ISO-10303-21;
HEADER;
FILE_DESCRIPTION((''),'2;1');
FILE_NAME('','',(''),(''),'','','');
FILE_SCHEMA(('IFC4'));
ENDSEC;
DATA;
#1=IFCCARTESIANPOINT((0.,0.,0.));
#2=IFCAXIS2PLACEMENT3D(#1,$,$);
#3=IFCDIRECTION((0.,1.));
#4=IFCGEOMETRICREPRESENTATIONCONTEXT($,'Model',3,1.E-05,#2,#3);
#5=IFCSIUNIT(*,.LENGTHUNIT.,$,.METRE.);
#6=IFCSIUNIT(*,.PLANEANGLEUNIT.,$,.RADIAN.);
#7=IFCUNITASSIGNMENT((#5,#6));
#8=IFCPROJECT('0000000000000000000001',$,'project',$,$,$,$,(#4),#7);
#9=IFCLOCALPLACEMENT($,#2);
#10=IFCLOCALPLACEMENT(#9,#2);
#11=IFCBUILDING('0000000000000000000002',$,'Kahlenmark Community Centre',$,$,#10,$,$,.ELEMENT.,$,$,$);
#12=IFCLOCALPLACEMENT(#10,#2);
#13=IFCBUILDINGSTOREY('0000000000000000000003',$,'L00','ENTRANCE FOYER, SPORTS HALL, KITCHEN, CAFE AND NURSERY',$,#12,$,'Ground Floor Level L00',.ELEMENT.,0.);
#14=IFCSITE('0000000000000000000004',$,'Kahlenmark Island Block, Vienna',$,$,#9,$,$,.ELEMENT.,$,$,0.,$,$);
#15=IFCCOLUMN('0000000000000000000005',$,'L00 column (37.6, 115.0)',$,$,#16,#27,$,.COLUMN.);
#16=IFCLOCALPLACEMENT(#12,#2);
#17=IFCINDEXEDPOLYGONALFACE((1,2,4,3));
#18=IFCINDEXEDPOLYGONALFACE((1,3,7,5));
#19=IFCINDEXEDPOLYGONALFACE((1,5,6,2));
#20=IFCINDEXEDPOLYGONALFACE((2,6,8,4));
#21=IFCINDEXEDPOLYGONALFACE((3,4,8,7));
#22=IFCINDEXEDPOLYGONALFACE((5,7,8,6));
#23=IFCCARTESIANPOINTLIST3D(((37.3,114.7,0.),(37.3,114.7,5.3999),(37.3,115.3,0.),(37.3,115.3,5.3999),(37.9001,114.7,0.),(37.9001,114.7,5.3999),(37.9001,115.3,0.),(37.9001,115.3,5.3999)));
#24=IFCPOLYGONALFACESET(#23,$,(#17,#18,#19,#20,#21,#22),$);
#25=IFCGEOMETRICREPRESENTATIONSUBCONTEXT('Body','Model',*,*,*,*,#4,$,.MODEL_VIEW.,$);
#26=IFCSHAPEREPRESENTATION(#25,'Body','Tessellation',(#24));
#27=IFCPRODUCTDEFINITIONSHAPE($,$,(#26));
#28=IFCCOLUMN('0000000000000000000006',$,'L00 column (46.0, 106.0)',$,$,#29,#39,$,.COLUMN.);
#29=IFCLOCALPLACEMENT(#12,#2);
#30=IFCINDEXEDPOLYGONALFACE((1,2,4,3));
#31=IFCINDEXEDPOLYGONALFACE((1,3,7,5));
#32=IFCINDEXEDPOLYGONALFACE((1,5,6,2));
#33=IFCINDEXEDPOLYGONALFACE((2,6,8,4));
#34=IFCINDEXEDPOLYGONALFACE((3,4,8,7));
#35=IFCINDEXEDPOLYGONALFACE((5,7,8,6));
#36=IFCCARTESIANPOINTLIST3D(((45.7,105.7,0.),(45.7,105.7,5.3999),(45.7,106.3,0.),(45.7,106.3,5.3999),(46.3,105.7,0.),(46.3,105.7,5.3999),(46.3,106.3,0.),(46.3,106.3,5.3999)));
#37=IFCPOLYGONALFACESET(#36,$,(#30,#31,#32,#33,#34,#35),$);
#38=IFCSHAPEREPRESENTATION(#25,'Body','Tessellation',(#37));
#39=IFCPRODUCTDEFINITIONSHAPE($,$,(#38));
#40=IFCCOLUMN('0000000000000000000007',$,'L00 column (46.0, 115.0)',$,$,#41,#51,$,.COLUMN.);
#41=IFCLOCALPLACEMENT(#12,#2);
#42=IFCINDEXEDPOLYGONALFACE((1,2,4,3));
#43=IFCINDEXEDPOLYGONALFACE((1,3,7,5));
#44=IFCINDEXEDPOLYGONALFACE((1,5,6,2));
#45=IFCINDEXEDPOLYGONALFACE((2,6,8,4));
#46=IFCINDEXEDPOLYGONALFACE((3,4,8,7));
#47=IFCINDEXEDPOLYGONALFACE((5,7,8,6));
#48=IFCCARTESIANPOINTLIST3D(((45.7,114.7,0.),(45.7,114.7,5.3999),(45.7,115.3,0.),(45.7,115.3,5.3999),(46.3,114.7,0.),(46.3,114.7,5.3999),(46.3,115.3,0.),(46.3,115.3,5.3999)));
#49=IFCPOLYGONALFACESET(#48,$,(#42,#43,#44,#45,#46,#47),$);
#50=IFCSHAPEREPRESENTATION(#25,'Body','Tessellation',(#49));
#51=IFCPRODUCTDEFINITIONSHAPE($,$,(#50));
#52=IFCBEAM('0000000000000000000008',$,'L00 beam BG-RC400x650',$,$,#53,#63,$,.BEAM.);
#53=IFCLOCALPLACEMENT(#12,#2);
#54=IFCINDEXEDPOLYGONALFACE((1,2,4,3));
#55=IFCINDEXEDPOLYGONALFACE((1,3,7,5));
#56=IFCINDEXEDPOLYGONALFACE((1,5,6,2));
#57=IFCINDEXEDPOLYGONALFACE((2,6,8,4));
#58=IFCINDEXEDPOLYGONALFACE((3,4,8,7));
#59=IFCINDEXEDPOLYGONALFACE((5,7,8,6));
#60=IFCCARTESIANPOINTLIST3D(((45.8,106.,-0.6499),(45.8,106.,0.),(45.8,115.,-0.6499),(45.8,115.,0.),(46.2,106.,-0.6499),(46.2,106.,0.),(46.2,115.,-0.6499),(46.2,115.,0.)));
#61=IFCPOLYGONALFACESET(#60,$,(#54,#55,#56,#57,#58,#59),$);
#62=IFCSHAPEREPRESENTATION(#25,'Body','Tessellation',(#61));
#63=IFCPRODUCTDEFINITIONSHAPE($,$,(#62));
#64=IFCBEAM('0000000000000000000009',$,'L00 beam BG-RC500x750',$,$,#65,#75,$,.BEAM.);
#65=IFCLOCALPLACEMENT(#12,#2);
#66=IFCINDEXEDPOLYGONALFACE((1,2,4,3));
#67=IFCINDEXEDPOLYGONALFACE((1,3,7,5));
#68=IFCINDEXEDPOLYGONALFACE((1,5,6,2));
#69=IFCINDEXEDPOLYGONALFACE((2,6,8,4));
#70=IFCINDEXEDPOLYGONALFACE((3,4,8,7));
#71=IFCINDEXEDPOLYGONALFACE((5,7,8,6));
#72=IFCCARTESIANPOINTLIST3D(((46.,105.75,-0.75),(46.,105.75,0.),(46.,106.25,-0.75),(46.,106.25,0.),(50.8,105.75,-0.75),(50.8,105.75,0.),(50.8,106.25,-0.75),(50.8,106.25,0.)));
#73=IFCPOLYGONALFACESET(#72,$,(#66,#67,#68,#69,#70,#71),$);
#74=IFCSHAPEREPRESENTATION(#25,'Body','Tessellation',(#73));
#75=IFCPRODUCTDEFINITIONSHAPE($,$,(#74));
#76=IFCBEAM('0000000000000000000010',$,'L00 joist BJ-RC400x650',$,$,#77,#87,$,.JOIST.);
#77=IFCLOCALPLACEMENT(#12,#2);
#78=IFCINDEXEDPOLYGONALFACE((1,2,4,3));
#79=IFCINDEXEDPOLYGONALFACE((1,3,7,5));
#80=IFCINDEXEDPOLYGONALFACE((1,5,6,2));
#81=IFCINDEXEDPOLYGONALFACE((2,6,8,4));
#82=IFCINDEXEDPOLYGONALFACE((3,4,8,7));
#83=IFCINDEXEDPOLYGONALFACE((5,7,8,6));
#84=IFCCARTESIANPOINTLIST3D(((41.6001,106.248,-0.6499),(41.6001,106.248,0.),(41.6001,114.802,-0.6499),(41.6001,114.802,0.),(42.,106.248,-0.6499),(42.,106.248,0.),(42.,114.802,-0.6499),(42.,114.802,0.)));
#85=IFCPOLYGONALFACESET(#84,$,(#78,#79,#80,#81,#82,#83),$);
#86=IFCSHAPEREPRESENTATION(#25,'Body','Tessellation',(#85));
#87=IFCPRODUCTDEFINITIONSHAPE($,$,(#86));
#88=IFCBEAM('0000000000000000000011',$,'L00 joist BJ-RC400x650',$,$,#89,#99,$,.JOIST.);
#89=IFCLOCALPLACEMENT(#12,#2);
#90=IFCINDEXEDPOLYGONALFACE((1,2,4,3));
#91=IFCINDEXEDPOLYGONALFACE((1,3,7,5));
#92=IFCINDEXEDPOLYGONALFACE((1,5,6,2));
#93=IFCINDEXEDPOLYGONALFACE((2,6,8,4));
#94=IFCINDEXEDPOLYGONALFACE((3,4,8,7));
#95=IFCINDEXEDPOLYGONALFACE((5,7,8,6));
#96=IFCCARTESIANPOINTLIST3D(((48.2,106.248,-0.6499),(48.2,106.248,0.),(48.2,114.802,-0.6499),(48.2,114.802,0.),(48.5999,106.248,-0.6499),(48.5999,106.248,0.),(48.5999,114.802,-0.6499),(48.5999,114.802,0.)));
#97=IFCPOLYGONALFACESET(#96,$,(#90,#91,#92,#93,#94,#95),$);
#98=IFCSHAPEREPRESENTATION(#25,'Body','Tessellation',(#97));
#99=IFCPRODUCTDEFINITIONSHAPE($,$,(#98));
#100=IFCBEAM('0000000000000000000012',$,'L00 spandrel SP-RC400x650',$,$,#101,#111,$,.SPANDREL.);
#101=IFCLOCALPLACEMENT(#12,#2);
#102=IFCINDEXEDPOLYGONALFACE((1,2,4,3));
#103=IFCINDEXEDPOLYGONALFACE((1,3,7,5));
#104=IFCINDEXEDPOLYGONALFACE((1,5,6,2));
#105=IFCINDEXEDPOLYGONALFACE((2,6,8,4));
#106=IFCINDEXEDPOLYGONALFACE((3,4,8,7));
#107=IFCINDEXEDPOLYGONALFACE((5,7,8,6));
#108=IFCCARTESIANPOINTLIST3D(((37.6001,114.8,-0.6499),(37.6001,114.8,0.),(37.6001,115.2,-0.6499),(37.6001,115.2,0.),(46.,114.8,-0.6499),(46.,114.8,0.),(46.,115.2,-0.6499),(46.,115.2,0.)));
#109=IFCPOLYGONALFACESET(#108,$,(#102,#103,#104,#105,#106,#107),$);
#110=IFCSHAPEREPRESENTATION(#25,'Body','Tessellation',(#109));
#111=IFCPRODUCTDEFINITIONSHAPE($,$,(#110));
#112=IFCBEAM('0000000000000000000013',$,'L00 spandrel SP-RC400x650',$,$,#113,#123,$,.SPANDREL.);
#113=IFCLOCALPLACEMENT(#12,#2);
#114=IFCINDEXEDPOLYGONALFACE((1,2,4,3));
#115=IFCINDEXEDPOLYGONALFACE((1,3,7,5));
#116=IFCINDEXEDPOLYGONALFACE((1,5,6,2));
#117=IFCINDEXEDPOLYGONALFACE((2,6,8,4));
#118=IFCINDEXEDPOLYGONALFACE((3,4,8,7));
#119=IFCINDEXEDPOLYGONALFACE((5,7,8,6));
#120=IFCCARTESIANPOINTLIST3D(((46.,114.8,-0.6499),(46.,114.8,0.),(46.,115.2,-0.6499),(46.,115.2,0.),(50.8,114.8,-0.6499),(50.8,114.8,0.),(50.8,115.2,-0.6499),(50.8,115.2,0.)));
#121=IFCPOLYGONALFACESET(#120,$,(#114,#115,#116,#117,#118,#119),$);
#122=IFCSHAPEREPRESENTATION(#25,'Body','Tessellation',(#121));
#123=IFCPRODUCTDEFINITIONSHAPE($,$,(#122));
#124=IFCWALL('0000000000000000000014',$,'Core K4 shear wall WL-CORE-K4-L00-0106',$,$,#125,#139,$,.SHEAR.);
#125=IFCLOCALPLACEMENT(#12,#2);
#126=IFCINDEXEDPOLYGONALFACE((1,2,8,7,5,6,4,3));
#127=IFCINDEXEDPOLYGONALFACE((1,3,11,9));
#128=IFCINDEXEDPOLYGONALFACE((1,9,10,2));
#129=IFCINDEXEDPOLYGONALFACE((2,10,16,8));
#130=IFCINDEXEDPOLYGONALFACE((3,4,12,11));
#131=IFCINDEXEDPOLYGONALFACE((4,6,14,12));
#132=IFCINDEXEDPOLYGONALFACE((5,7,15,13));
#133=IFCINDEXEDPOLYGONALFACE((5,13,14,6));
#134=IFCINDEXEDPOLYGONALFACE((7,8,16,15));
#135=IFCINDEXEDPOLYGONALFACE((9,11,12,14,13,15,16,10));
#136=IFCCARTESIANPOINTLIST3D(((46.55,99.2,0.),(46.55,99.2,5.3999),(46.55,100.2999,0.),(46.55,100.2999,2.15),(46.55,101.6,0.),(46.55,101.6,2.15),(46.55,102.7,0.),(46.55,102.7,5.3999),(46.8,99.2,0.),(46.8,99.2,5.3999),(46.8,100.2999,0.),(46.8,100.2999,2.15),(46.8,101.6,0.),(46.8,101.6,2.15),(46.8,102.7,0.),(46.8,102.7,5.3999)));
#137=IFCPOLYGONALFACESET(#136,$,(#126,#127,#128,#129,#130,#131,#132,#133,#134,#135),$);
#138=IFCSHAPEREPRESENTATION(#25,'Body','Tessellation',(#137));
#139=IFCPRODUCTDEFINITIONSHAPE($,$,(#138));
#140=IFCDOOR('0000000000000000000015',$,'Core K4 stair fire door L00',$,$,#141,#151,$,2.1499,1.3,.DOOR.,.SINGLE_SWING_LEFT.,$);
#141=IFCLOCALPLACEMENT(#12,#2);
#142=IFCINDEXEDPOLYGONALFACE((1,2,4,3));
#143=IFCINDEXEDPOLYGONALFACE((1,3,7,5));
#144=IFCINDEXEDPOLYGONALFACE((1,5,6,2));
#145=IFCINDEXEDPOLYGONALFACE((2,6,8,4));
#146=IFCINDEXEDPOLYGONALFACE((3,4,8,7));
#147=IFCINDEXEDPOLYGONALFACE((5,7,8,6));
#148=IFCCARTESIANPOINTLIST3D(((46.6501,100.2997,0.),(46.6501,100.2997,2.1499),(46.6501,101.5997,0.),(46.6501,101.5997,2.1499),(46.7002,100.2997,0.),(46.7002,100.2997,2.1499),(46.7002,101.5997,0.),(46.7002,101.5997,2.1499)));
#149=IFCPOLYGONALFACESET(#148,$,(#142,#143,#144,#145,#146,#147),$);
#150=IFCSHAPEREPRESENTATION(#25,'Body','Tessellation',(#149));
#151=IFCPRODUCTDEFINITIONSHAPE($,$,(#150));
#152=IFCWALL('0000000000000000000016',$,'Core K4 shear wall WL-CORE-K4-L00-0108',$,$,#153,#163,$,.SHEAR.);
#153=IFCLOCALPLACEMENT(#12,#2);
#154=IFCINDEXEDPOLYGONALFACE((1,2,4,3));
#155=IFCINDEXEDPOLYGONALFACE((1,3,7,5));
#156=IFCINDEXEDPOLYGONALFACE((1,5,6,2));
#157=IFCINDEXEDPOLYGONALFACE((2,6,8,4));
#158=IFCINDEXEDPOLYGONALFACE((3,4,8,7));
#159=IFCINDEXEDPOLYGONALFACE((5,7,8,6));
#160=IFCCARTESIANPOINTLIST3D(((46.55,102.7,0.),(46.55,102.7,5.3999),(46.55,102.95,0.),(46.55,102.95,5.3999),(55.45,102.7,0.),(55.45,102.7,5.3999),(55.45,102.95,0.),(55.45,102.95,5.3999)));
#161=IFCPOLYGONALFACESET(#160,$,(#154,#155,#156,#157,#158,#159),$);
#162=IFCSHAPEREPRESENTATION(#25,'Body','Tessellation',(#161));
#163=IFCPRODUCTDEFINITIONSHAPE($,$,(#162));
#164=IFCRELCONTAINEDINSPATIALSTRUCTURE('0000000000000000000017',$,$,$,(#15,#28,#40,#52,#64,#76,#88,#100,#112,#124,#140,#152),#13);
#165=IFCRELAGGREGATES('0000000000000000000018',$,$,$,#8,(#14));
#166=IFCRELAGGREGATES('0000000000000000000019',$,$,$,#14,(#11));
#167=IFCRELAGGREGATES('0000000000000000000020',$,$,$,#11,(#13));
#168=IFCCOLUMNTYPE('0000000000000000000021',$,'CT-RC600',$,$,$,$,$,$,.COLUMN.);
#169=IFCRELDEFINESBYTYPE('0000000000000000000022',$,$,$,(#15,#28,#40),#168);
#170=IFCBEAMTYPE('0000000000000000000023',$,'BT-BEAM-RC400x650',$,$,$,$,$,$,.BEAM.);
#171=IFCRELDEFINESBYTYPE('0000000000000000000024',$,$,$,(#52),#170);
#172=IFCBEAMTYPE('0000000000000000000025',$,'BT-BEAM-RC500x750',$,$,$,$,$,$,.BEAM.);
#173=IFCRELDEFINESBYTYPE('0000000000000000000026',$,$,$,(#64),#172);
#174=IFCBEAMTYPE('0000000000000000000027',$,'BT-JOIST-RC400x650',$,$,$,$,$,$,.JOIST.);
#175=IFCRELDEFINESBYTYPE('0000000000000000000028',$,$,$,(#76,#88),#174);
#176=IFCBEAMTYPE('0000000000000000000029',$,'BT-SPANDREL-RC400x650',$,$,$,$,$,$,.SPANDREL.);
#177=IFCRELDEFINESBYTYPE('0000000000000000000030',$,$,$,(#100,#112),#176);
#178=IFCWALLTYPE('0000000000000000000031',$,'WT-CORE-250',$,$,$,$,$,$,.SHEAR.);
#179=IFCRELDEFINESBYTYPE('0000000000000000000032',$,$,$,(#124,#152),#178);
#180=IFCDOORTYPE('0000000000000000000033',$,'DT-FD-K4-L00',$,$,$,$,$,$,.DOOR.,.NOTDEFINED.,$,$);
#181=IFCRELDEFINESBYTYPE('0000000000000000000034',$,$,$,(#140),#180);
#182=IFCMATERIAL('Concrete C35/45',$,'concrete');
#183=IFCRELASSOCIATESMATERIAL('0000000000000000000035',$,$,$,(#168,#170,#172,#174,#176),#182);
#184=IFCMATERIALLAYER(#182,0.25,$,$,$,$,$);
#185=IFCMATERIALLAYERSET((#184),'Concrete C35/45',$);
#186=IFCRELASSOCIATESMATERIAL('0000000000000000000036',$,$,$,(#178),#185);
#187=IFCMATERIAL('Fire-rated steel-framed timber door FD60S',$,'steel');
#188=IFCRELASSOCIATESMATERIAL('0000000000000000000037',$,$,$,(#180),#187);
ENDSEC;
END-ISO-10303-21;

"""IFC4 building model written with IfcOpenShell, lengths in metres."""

from ifc_helpers import new_model, si_unit, direction, frame, frame_2d, origin, origin_2d, place, context, subcontext, project, spatial, rectangle, extrude, material, layer, layer_set, material_profile, profile_set, type_object, element, fill, save


model = new_model("IFC4")

# Units and contexts
model_context = context("Model", 3, precision=1e-05, world=origin(), true_north=direction((0.0, 1.0)))
body_context = subcontext(model_context, "Body", "Model", "MODEL_VIEW")
ifc_project = project(units=[si_unit("LENGTHUNIT", "METRE"), si_unit("PLANEANGLEUNIT", "RADIAN")], contexts=[model_context])

# Site, building, storey
site_placement = place(None, origin())
site = spatial("IfcSite", under=ifc_project, at=site_placement, Name="Kahlenmark Island Block, Vienna", CompositionType="ELEMENT", RefElevation=0.0)
building_placement = place(site_placement, origin())
building = spatial("IfcBuilding", under=site, at=building_placement, Name="Kahlenmark Community Centre", CompositionType="ELEMENT")
storey_placement = place(building_placement, origin())
storey = spatial("IfcBuildingStorey", under=building, at=storey_placement, Name="L00", Description="ENTRANCE FOYER, SPORTS HALL, KITCHEN, CAFE AND NURSERY", LongName="Ground Floor Level L00", CompositionType="ELEMENT", Elevation=0.0)

# Columns
ifc_material_1 = material(Name="Concrete C35/45", Category="concrete")
ifc_material_profile_1 = material_profile(ifc_material_1, rectangle(XDim=0.6001, YDim=0.6001, at=origin_2d()), Name="RC 600x600")
ifc_profile_set_1 = profile_set([ifc_material_profile_1], Name="Concrete C35/45")
column_type = type_object("IfcColumnType", Name="CT-RC600", PredefinedType="COLUMN", material=ifc_profile_set_1)
for number, where, z_axis, x_axis, name in (
    (1, (37.6001, 115.0, 0.0), (0.0, 0.0, 1.0), (1.0, 0.0, 0.0), "L00 column (37.6, 115.0)"),
    (2, (46.0, 106.0, 0.0), (0.0, 0.0, 1.0), (1.0, 0.0, 0.0), "L00 column (46.0, 106.0)"),
    (3, (46.0, 115.0, 0.0), (0.0, 0.0, 1.0), (1.0, 0.0, 0.0), "L00 column (46.0, 115.0)"),
):
    element("IfcColumn", number, at=place(storey_placement, frame(where, z_axis=z_axis, x_axis=x_axis)), inside=storey, type_object=column_type, Name=name, PredefinedType="COLUMN", context=body_context, shape_type="SweptSolid", body=[
        extrude(rectangle(XDim=0.6001, YDim=0.6001, at=origin_2d()), origin(), (0.0, 0.0, 1.0), 5.3999),
    ])

# Beams
ifc_material_profile_2 = material_profile(ifc_material_1, rectangle(XDim=0.3999, YDim=0.6499, at=origin_2d()), Name="RC 400x650")
ifc_profile_set_2 = profile_set([ifc_material_profile_2], Name="Concrete C35/45")
beam_type_1 = type_object("IfcBeamType", Name="BT-BEAM-RC400x650", PredefinedType="BEAM", material=ifc_profile_set_2)
beam_1_placement = place(storey_placement, frame((46.0, 106.0, -0.325), z_axis=(0.0, 1.0, 0.0), x_axis=(-1.0, 0.0, 0.0)))
element("IfcBeam", 4, at=beam_1_placement, inside=storey, type_object=beam_type_1, Name="L00 beam BG-RC400x650", PredefinedType="BEAM", context=body_context, shape_type="SweptSolid", body=[
    extrude(rectangle(XDim=0.3999, YDim=0.6499, at=origin_2d()), origin(), (0.0, 0.0, 1.0), 9.0),
])
ifc_material_profile_3 = material_profile(ifc_material_1, rectangle(XDim=0.5, YDim=0.75, at=origin_2d()), Name="RC 500x750")
ifc_profile_set_3 = profile_set([ifc_material_profile_3], Name="Concrete C35/45")
beam_type_2 = type_object("IfcBeamType", Name="BT-BEAM-RC500x750", PredefinedType="BEAM", material=ifc_profile_set_3)
beam_2_placement = place(storey_placement, frame((46.0, 106.0, -0.375), z_axis=(1.0, 0.0, 0.0), x_axis=(0.0, 1.0, 0.0)))
element("IfcBeam", 5, at=beam_2_placement, inside=storey, type_object=beam_type_2, Name="L00 beam BG-RC500x750", PredefinedType="BEAM", context=body_context, shape_type="SweptSolid", body=[
    extrude(rectangle(XDim=0.5, YDim=0.75, at=origin_2d()), origin(), (0.0, 0.0, 1.0), 4.8),
])
ifc_material_profile_4 = material_profile(ifc_material_1, rectangle(XDim=0.3999, YDim=0.6499, at=origin_2d()), Name="RC 400x650")
ifc_profile_set_4 = profile_set([ifc_material_profile_4], Name="Concrete C35/45")
beam_type_3 = type_object("IfcBeamType", Name="BT-JOIST-RC400x650", PredefinedType="JOIST", material=ifc_profile_set_4)
for number, where, z_axis, x_axis, name in (
    (6, (41.8, 106.248, -0.325), (0.0, 1.0, 0.0), (-1.0, 0.0, 0.0), "L00 joist BJ-RC400x650"),
    (7, (48.3999, 106.248, -0.325), (0.0, 1.0, 0.0), (-1.0, 0.0, 0.0), "L00 joist BJ-RC400x650"),
):
    element("IfcBeam", number, at=place(storey_placement, frame(where, z_axis=z_axis, x_axis=x_axis)), inside=storey, type_object=beam_type_3, Name=name, PredefinedType="JOIST", context=body_context, shape_type="SweptSolid", body=[
        extrude(rectangle(XDim=0.3999, YDim=0.6499, at=origin_2d()), origin(), (0.0, 0.0, 1.0), 8.554),
    ])
ifc_material_profile_5 = material_profile(ifc_material_1, rectangle(XDim=0.3999, YDim=0.6499, at=origin_2d()), Name="RC 400x650")
ifc_profile_set_5 = profile_set([ifc_material_profile_5], Name="Concrete C35/45")
beam_type_4 = type_object("IfcBeamType", Name="BT-SPANDREL-RC400x650", PredefinedType="SPANDREL", material=ifc_profile_set_5)
beam_3_placement = place(storey_placement, frame((37.6001, 115.0, -0.325), z_axis=(1.0, 0.0, 0.0), x_axis=(0.0, 1.0, 0.0)))
element("IfcBeam", 8, at=beam_3_placement, inside=storey, type_object=beam_type_4, Name="L00 spandrel SP-RC400x650", PredefinedType="SPANDREL", context=body_context, shape_type="SweptSolid", body=[
    extrude(rectangle(XDim=0.3999, YDim=0.6499, at=origin_2d()), origin(), (0.0, 0.0, 1.0), 8.3999),
])
beam_4_placement = place(storey_placement, frame((46.0, 115.0, -0.325), z_axis=(1.0, 0.0, 0.0), x_axis=(0.0, 1.0, 0.0)))
element("IfcBeam", 9, at=beam_4_placement, inside=storey, type_object=beam_type_4, Name="L00 spandrel SP-RC400x650", PredefinedType="SPANDREL", context=body_context, shape_type="SweptSolid", body=[
    extrude(rectangle(XDim=0.3999, YDim=0.6499, at=origin_2d()), origin(), (0.0, 0.0, 1.0), 4.8),
])

# Wall, opening, door
ifc_layer_1 = layer(ifc_material_1, 0.25)
ifc_layer_set_1 = layer_set([ifc_layer_1], Name="Concrete C35/45")
wall_type_1 = type_object("IfcWallType", Name="WT-CORE-250", PredefinedType="SHEAR", material=ifc_layer_set_1)
wall_1_placement = place(storey_placement, frame((46.675, 102.7, 0.0), z_axis=(0.0, 0.0, 1.0), x_axis=(0.0, -1.0, 0.0)))
wall_1 = element("IfcWall", 10, at=wall_1_placement, inside=storey, type_object=wall_type_1, Name="Core K4 shear wall WL-CORE-K4-L00-0106", PredefinedType="SHEAR", context=body_context, shape_type="SweptSolid", body=[
    extrude(rectangle(XDim=3.5, YDim=0.25, at=frame_2d((1.75, 0.0))), origin(), (0.0, 0.0, 1.0), 5.3999),
])
opening_1_placement = place(wall_1_placement, frame((1.1001, 0.0, -0.01)))
opening_1 = element("IfcOpeningElement", 11, at=opening_1_placement, cuts=wall_1, PredefinedType="OPENING", context=body_context, shape_type="SweptSolid", body=[
    extrude(rectangle(XDim=1.3, YDim=2.1599, at=frame_2d((0.6499, 1.0801))), frame((0.0, 0.135, 0.0), z_axis=(0.0, -1.0, 0.0), x_axis=(1.0, 0.0, 0.0)), (0.0, 0.0, 1.0), 0.27),
])
ifc_material_2 = material(Name="Fire-rated steel-framed timber door FD60S", Category="steel")
door_type_1 = type_object("IfcDoorType", Name="DT-FD-K4-L00", OperationType="NOTDEFINED", PredefinedType="DOOR", material=ifc_material_2)
door_1_placement = place(opening_1_placement, frame((1.3, 0.0, 0.01), z_axis=(0.0, 0.0, 1.0), x_axis=(-1.0, 0.0, 0.0)))
door_1 = element("IfcDoor", 12, at=door_1_placement, inside=storey, type_object=door_type_1, Name="Core K4 stair fire door L00", OperationType="SINGLE_SWING_LEFT", OverallHeight=2.1499, OverallWidth=1.3, PredefinedType="DOOR", context=body_context, shape_type="SweptSolid", body=[
    extrude(rectangle(XDim=1.3, YDim=2.1499, at=frame_2d((0.6499, 1.075))), frame((0.0, 0.0249, 0.0), z_axis=(0.0, -1.0, 0.0), x_axis=(1.0, 0.0, 0.0)), (0.0, 0.0, 1.0), 0.05),
])
fill(opening_1, door_1)

# Wall
wall_2_placement = place(storey_placement, frame((46.55, 102.825, 0.0), z_axis=(0.0, 0.0, 1.0), x_axis=(1.0, 0.0, 0.0)))
element("IfcWall", 13, at=wall_2_placement, inside=storey, type_object=wall_type_1, Name="Core K4 shear wall WL-CORE-K4-L00-0108", PredefinedType="SHEAR", context=body_context, shape_type="SweptSolid", body=[
    extrude(rectangle(XDim=8.8999, YDim=0.25, at=frame_2d((4.45, 0.0))), origin(), (0.0, 0.0, 1.0), 5.3999),
])

save(model, "model.ifc")
